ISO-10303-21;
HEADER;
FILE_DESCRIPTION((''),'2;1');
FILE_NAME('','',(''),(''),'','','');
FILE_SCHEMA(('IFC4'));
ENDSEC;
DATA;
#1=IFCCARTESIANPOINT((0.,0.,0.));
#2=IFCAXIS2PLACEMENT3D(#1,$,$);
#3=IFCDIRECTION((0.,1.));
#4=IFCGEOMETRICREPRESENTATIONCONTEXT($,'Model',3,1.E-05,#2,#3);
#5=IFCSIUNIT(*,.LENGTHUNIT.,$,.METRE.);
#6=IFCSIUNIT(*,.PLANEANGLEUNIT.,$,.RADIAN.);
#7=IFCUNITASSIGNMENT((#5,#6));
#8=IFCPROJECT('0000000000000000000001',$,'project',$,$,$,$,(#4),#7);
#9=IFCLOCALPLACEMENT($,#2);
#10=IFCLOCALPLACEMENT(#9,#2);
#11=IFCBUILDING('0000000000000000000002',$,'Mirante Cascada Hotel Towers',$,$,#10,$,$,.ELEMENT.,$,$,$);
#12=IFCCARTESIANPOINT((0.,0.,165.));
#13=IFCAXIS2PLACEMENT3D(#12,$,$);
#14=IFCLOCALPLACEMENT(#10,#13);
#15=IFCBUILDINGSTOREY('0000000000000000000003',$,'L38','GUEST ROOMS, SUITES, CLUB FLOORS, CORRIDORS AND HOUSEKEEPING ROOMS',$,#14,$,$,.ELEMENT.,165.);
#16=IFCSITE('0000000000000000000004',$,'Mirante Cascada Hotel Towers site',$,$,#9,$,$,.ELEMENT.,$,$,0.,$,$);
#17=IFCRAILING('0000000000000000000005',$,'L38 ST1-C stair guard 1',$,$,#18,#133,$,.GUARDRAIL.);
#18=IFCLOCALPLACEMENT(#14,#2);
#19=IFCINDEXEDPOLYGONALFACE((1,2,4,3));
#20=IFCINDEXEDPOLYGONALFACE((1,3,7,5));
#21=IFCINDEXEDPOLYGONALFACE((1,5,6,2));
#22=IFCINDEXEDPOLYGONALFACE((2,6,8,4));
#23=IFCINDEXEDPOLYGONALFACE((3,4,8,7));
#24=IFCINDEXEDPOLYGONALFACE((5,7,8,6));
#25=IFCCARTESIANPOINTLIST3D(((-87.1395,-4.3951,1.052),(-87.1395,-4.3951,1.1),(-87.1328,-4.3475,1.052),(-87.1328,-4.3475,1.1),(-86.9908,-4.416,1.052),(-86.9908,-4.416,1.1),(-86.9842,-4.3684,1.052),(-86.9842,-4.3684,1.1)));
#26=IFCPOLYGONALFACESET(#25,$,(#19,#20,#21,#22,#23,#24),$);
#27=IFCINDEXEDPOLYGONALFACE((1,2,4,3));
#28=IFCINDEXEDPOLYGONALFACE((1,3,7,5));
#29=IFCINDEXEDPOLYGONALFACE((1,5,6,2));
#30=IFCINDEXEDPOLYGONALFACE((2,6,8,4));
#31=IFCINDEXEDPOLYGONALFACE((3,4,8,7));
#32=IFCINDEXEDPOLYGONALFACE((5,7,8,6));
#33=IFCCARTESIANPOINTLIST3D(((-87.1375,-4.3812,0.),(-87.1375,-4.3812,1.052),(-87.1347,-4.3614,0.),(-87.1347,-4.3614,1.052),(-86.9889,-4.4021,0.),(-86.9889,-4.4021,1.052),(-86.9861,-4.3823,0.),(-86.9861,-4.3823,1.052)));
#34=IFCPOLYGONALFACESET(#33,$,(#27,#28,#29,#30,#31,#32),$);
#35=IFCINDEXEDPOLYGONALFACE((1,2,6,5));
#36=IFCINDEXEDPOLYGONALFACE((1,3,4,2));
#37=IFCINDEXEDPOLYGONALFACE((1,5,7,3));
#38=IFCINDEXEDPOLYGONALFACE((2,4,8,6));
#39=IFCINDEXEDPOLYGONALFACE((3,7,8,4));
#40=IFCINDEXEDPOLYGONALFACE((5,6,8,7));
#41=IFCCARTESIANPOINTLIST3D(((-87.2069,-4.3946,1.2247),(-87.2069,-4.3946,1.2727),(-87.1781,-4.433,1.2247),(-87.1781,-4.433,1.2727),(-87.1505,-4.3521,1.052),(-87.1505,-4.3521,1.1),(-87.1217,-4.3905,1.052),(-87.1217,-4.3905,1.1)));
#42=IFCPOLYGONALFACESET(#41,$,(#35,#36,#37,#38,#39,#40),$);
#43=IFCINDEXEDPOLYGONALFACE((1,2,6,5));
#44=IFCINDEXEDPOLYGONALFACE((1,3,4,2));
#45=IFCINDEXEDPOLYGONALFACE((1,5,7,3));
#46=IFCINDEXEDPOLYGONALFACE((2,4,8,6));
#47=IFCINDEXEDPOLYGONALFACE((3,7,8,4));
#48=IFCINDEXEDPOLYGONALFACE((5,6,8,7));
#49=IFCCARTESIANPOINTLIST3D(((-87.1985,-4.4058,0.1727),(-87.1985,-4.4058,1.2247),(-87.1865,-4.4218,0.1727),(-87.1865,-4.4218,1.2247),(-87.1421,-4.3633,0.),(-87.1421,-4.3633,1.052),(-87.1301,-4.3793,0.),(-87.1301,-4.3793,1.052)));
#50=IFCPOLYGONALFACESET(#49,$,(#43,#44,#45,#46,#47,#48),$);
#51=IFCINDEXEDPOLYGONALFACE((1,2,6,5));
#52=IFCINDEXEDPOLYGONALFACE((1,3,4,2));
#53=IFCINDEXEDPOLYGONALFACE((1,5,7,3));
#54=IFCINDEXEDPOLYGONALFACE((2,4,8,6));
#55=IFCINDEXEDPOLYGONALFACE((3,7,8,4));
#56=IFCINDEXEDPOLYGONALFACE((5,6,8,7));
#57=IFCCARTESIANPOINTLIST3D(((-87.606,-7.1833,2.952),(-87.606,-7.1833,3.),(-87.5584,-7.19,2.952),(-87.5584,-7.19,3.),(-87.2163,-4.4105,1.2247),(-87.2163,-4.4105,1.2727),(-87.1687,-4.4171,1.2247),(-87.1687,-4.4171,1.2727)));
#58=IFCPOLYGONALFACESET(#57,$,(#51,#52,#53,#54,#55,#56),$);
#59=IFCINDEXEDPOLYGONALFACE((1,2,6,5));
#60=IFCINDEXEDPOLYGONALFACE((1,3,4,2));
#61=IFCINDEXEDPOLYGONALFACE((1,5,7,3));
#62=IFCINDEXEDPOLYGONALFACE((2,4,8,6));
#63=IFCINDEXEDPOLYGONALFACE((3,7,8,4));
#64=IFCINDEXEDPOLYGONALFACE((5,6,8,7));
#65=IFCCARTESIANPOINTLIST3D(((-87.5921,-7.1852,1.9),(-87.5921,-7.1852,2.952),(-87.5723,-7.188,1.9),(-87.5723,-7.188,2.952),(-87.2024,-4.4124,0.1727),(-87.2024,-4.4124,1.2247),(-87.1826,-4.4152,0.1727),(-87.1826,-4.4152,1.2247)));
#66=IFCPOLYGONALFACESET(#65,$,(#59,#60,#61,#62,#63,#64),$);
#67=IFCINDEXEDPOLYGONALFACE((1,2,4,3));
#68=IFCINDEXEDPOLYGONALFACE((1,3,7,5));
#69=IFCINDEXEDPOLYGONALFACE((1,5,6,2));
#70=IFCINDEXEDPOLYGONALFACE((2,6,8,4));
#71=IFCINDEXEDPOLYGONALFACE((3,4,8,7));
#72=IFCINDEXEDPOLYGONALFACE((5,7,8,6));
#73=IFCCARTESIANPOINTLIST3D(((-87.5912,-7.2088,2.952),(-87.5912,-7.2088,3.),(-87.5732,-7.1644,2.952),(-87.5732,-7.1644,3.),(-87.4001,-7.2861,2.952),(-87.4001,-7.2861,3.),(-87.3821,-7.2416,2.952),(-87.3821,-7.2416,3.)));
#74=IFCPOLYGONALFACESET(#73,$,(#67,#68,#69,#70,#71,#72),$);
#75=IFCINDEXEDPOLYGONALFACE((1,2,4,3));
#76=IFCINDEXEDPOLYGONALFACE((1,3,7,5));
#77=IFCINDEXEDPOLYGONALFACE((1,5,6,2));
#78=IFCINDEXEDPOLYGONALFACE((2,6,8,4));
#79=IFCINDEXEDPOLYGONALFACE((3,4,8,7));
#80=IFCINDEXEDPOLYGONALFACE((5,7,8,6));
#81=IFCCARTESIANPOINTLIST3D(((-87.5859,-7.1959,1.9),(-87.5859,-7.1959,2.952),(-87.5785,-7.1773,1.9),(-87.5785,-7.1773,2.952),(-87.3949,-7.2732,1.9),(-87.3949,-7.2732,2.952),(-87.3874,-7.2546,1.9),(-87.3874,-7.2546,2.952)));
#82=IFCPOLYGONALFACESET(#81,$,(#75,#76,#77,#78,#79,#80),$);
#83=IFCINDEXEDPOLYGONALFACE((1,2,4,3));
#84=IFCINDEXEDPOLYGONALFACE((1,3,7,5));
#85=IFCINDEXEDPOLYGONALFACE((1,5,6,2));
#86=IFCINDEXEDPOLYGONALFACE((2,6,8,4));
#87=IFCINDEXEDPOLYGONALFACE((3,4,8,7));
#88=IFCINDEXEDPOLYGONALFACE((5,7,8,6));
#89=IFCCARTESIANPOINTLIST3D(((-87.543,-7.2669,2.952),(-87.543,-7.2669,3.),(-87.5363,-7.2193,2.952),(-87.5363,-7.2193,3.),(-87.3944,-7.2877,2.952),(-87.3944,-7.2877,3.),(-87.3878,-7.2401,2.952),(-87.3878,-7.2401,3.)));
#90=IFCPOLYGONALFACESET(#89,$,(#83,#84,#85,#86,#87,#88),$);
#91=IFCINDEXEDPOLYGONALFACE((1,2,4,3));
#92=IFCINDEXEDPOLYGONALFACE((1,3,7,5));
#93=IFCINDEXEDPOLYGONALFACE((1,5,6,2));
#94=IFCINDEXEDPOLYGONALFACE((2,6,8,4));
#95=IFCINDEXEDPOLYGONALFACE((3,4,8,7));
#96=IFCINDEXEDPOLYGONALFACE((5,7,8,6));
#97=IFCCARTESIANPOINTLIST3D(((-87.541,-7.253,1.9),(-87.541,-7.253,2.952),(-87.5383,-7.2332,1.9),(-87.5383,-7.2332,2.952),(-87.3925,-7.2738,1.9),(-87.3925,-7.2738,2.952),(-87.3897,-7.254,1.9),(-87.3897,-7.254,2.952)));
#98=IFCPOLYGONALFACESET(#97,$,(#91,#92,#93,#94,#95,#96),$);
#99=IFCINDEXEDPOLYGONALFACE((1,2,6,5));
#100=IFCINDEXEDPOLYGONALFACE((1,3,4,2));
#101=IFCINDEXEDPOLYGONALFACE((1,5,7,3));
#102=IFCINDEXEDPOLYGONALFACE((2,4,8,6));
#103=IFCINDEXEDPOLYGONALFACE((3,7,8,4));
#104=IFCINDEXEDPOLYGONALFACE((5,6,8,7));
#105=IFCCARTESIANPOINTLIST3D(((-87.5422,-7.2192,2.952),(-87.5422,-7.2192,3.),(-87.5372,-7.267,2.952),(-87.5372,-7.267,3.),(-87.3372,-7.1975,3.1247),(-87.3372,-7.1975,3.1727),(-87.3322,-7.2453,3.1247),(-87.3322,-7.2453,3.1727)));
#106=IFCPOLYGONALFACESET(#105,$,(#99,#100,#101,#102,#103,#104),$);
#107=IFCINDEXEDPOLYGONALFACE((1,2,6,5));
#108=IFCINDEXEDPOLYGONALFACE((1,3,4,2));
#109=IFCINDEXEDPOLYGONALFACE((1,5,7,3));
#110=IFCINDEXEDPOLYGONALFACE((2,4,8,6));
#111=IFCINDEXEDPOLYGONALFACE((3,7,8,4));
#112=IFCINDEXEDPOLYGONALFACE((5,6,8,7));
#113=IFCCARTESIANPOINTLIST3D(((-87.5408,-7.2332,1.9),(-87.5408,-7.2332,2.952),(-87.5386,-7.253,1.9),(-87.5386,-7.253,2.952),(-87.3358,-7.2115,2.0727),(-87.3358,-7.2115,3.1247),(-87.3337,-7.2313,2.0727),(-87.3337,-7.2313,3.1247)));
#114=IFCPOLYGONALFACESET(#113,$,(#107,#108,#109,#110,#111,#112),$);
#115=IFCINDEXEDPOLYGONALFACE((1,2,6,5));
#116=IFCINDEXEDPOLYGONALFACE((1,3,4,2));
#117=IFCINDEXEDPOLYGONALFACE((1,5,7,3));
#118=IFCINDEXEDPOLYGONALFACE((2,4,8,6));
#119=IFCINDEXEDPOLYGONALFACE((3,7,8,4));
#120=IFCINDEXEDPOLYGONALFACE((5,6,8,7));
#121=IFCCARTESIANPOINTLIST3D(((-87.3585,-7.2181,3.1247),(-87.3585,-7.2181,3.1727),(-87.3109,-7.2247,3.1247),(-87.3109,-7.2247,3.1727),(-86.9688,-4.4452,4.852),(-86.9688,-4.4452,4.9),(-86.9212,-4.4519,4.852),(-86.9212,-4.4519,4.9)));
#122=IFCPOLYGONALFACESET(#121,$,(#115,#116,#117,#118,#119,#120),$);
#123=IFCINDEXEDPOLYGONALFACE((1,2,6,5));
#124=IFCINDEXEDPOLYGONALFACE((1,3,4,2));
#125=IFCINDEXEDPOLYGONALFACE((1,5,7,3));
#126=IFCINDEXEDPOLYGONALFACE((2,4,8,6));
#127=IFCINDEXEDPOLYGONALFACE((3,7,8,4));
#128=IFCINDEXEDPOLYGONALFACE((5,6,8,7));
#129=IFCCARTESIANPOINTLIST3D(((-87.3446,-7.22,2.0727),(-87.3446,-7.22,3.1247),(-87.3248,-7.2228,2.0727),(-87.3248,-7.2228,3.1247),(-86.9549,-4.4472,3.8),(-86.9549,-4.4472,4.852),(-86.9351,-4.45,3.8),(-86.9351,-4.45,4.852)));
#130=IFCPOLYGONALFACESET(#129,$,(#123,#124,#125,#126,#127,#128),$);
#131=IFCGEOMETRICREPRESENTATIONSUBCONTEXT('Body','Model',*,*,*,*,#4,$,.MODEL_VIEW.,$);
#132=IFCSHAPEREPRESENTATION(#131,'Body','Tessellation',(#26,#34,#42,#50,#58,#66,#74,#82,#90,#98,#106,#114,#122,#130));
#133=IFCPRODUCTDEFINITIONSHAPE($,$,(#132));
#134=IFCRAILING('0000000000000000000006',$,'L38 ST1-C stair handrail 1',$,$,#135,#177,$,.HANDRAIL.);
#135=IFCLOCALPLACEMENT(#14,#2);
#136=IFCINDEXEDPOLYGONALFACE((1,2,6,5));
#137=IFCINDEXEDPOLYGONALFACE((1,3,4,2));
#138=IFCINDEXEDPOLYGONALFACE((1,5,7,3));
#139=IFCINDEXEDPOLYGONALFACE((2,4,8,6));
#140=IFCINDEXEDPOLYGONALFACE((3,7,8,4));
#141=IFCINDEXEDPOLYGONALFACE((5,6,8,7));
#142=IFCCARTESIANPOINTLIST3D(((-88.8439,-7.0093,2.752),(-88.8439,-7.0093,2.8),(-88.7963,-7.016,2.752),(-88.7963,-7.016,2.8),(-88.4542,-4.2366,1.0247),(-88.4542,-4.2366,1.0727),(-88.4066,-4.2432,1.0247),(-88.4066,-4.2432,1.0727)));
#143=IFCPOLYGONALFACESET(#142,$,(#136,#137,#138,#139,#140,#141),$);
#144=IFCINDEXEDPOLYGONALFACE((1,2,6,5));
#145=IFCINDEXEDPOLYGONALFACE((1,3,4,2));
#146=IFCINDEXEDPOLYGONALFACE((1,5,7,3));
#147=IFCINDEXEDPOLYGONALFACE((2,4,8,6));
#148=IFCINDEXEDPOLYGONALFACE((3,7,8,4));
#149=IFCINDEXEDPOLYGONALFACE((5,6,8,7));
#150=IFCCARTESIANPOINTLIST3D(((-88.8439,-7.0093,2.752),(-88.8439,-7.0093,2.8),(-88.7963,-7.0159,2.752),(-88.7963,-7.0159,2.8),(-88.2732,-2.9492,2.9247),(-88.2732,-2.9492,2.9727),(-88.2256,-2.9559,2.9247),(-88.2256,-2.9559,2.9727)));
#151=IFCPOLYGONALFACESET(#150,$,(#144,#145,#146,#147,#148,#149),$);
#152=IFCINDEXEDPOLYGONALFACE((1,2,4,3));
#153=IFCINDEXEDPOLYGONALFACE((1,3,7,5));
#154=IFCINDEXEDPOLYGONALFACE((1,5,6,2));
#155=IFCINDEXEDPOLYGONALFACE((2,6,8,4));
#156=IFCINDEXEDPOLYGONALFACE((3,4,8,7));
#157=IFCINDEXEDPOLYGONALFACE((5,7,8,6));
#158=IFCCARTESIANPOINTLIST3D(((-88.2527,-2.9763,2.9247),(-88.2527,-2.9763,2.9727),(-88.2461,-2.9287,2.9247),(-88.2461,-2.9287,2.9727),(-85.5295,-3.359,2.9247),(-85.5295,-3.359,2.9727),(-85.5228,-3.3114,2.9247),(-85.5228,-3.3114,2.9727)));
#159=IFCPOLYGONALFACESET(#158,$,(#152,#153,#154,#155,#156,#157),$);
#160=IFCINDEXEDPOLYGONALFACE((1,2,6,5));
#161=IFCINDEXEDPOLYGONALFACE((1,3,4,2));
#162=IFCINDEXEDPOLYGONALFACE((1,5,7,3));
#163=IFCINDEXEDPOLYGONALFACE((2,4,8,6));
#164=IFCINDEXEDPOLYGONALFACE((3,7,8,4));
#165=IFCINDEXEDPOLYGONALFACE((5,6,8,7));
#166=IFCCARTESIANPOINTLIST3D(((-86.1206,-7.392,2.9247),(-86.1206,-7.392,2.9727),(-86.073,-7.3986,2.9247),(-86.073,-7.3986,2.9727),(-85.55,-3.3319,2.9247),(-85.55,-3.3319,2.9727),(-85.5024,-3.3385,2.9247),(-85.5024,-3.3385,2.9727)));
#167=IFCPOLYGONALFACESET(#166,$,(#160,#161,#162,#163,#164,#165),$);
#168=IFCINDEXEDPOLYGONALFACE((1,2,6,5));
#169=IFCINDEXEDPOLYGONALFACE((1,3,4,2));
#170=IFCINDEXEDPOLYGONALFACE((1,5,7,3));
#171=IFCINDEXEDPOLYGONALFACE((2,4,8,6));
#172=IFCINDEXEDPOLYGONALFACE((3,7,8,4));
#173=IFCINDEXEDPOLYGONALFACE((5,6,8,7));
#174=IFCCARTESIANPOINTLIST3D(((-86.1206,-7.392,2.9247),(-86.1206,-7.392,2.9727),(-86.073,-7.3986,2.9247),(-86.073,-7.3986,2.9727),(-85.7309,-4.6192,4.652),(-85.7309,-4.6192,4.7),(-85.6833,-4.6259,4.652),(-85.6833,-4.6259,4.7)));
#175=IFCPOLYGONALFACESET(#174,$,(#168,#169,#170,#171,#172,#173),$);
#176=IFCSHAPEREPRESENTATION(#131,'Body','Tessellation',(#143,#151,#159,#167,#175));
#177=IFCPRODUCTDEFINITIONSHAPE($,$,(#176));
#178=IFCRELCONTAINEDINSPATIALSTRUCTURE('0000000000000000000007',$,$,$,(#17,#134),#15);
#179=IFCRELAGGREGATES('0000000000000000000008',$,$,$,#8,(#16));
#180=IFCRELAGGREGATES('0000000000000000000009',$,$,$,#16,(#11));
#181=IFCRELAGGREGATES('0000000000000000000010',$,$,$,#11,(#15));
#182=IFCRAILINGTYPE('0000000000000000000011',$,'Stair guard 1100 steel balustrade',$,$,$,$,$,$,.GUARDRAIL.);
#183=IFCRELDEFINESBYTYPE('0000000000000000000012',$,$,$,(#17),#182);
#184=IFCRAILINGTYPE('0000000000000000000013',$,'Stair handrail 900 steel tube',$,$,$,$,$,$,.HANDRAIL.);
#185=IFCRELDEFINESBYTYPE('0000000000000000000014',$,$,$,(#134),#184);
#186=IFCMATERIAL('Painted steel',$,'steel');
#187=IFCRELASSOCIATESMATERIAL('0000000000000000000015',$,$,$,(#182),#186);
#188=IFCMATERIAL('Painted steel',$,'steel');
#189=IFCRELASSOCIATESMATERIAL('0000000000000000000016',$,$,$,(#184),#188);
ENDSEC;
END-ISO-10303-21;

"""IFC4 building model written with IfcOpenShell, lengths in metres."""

from ifc_helpers import new_model, si_unit, direction, frame, origin, origin_2d, place, context, subcontext, project, spatial, rectangle, extrude, material, type_object, element, save


model = new_model("IFC4")

# Units and contexts
model_context = context("Model", 3, precision=1e-05, world=origin(), true_north=direction((0.0, 1.0)))
body_context = subcontext(model_context, "Body", "Model", "MODEL_VIEW")
ifc_project = project(units=[si_unit("LENGTHUNIT", "METRE"), si_unit("PLANEANGLEUNIT", "RADIAN")], contexts=[model_context])

# Site, building, storey
site_placement = place(None, origin())
site = spatial("IfcSite", under=ifc_project, at=site_placement, Name="Mirante Cascada Hotel Towers site", CompositionType="ELEMENT", RefElevation=0.0)
building_placement = place(site_placement, origin())
building = spatial("IfcBuilding", under=site, at=building_placement, Name="Mirante Cascada Hotel Towers", CompositionType="ELEMENT")
storey_placement = place(building_placement, frame((0.0, 0.0, 165.0)))
storey = spatial("IfcBuildingStorey", under=building, at=storey_placement, Name="L38", Description="GUEST ROOMS, SUITES, CLUB FLOORS, CORRIDORS AND HOUSEKEEPING ROOMS", CompositionType="ELEMENT", Elevation=165.0)

# Railings
ifc_material_1 = material(Name="Painted steel", Category="steel")
railing_type_1 = type_object("IfcRailingType", Name="Stair guard 1100 steel balustrade", PredefinedType="GUARDRAIL", material=ifc_material_1)
railing_1_placement = place(storey_placement, frame((-86.9875, -4.3922, 0.0)))
element("IfcRailing", 1, at=railing_1_placement, inside=storey, type_object=railing_type_1, Name="L38 ST1-C stair guard 1", PredefinedType="GUARDRAIL", context=body_context, shape_type="SweptSolid", body=[
    extrude(rectangle(XDim=0.048, YDim=0.048, at=origin_2d()), frame((0.0, 0.0, 1.076), z_axis=(-0.990254, 0.139275, 0.0), x_axis=(-0.139275, -0.990254, 0.0)), (0.0, 0.0, 1.0), 0.1501),
    extrude(rectangle(XDim=0.02, YDim=1.052, at=origin_2d()), frame((0.0, 0.0, 0.526), z_axis=(-0.990254, 0.139275, 0.0), x_axis=(-0.139275, -0.990254, 0.0)), (0.0, 0.0, 1.0), 0.1501),
    extrude(rectangle(XDim=0.048, YDim=0.048, at=origin_2d()), frame((-0.1486, 0.0209, 1.076), z_axis=(-0.798639, -0.601811, 0.0), x_axis=(0.601811, -0.798639, 0.0)), (0.0, 0.925603, 0.378496), 0.1866),
    extrude(rectangle(XDim=0.02, YDim=1.052, at=origin_2d()), frame((-0.1486, 0.0209, 0.526), z_axis=(-0.798639, -0.601811, 0.0), x_axis=(0.601811, -0.798639, 0.0)), (0.0, 0.925603, 0.378496), 0.1866),
    extrude(rectangle(XDim=0.048, YDim=0.048, at=origin_2d()), frame((-0.205, -0.0216, 1.2487), z_axis=(-0.139176, -0.990268, 0.0), x_axis=(0.990268, -0.139176, 0.0)), (0.0, 0.525021, 0.851089), 3.29),
    extrude(rectangle(XDim=0.02, YDim=1.052, at=origin_2d()), frame((-0.205, -0.0216, 0.6987), z_axis=(-0.139176, -0.990268, 0.0), x_axis=(0.990268, -0.139176, 0.0)), (0.0, 0.525021, 0.851089), 3.29),
    extrude(rectangle(XDim=0.048, YDim=0.048, at=origin_2d()), frame((-0.5947, -2.7944, 2.976), z_axis=(0.927031, -0.374984, 0.0), x_axis=(0.374984, 0.927031, 0.0)), (0.0, 0.0, 1.0), 0.2061),
    extrude(rectangle(XDim=0.02, YDim=1.052, at=origin_2d()), frame((-0.5947, -2.7944, 2.426), z_axis=(0.927031, -0.374984, 0.0), x_axis=(0.374984, 0.927031, 0.0)), (0.0, 0.0, 1.0), 0.2061),
    extrude(rectangle(XDim=0.048, YDim=0.048, at=origin_2d()), frame((-0.4036, -2.8717, 2.976), z_axis=(-0.990345, 0.138622, 0.0), x_axis=(-0.138622, -0.990345, 0.0)), (0.0, 0.0, 1.0), 0.15),
    extrude(rectangle(XDim=0.02, YDim=1.052, at=origin_2d()), frame((-0.4036, -2.8717, 2.426), z_axis=(-0.990345, 0.138622, 0.0), x_axis=(-0.138622, -0.990345, 0.0)), (0.0, 0.0, 1.0), 0.15),
    extrude(rectangle(XDim=0.048, YDim=0.048, at=origin_2d()), frame((-0.5522, -2.8509, 2.976), z_axis=(0.994444, 0.105266, 0.0), x_axis=(-0.105266, 0.994444, 0.0)), (0.0, 0.642184, 0.76655), 0.2689),
    extrude(rectangle(XDim=0.02, YDim=1.052, at=origin_2d()), frame((-0.5522, -2.8509, 2.426), z_axis=(0.994444, 0.105266, 0.0), x_axis=(-0.105266, 0.994444, 0.0)), (0.0, 0.642184, 0.76655), 0.2689),
    extrude(rectangle(XDim=0.048, YDim=0.048, at=origin_2d()), frame((-0.3472, -2.8292, 3.1487), z_axis=(0.139176, 0.990268, 0.0), x_axis=(-0.990268, 0.139176, 0.0)), (0.0, 0.525021, 0.851089), 3.29),
    extrude(rectangle(XDim=0.02, YDim=1.052, at=origin_2d()), frame((-0.3472, -2.8292, 2.5987), z_axis=(0.139176, 0.990268, 0.0), x_axis=(-0.990268, 0.139176, 0.0)), (0.0, 0.525021, 0.851089), 3.29),
])
ifc_material_2 = material(Name="Painted steel", Category="steel")
railing_type_2 = type_object("IfcRailingType", Name="Stair handrail 900 steel tube", PredefinedType="HANDRAIL", material=ifc_material_2)
railing_2_placement = place(storey_placement, frame((-88.4304, -4.2399, 0.1727)))
element("IfcRailing", 2, at=railing_2_placement, inside=storey, type_object=railing_type_2, Name="L38 ST1-C stair handrail 1", PredefinedType="HANDRAIL", context=body_context, shape_type="SweptSolid", body=[
    extrude(rectangle(XDim=0.048, YDim=0.048, at=origin_2d()), frame((0.0, 0.0, 0.876), z_axis=(-0.139181, -0.990267, 0.0), x_axis=(0.990267, -0.139181, 0.0)), (0.0, 0.525035, 0.851081), 3.2899),
    extrude(rectangle(XDim=0.048, YDim=0.048, at=origin_2d()), frame((-0.3897, -2.7727, 2.6033), z_axis=(0.139195, 0.990265, 0.0), x_axis=(-0.990265, 0.139195, 0.0)), (0.0, 0.042084, 0.999114), 4.1036),
    extrude(rectangle(XDim=0.048, YDim=0.048, at=origin_2d()), frame((0.181, 1.2874, 2.776), z_axis=(0.990269, -0.139166, 0.0), x_axis=(0.139166, 0.990269, 0.0)), (0.0, 0.0, 1.0), 2.75),
    extrude(rectangle(XDim=0.048, YDim=0.048, at=origin_2d()), frame((2.9042, 0.9047, 2.776), z_axis=(-0.139171, -0.990268, 0.0), x_axis=(0.990268, -0.139171, 0.0)), (0.0, 0.0, 1.0), 4.1),
    extrude(rectangle(XDim=0.048, YDim=0.048, at=origin_2d()), frame((2.3336, -3.1554, 2.776), z_axis=(0.139181, 0.990267, 0.0), x_axis=(-0.990267, 0.139181, 0.0)), (0.0, 0.525035, 0.851081), 3.2899),
])

save(model, "model.ifc")
